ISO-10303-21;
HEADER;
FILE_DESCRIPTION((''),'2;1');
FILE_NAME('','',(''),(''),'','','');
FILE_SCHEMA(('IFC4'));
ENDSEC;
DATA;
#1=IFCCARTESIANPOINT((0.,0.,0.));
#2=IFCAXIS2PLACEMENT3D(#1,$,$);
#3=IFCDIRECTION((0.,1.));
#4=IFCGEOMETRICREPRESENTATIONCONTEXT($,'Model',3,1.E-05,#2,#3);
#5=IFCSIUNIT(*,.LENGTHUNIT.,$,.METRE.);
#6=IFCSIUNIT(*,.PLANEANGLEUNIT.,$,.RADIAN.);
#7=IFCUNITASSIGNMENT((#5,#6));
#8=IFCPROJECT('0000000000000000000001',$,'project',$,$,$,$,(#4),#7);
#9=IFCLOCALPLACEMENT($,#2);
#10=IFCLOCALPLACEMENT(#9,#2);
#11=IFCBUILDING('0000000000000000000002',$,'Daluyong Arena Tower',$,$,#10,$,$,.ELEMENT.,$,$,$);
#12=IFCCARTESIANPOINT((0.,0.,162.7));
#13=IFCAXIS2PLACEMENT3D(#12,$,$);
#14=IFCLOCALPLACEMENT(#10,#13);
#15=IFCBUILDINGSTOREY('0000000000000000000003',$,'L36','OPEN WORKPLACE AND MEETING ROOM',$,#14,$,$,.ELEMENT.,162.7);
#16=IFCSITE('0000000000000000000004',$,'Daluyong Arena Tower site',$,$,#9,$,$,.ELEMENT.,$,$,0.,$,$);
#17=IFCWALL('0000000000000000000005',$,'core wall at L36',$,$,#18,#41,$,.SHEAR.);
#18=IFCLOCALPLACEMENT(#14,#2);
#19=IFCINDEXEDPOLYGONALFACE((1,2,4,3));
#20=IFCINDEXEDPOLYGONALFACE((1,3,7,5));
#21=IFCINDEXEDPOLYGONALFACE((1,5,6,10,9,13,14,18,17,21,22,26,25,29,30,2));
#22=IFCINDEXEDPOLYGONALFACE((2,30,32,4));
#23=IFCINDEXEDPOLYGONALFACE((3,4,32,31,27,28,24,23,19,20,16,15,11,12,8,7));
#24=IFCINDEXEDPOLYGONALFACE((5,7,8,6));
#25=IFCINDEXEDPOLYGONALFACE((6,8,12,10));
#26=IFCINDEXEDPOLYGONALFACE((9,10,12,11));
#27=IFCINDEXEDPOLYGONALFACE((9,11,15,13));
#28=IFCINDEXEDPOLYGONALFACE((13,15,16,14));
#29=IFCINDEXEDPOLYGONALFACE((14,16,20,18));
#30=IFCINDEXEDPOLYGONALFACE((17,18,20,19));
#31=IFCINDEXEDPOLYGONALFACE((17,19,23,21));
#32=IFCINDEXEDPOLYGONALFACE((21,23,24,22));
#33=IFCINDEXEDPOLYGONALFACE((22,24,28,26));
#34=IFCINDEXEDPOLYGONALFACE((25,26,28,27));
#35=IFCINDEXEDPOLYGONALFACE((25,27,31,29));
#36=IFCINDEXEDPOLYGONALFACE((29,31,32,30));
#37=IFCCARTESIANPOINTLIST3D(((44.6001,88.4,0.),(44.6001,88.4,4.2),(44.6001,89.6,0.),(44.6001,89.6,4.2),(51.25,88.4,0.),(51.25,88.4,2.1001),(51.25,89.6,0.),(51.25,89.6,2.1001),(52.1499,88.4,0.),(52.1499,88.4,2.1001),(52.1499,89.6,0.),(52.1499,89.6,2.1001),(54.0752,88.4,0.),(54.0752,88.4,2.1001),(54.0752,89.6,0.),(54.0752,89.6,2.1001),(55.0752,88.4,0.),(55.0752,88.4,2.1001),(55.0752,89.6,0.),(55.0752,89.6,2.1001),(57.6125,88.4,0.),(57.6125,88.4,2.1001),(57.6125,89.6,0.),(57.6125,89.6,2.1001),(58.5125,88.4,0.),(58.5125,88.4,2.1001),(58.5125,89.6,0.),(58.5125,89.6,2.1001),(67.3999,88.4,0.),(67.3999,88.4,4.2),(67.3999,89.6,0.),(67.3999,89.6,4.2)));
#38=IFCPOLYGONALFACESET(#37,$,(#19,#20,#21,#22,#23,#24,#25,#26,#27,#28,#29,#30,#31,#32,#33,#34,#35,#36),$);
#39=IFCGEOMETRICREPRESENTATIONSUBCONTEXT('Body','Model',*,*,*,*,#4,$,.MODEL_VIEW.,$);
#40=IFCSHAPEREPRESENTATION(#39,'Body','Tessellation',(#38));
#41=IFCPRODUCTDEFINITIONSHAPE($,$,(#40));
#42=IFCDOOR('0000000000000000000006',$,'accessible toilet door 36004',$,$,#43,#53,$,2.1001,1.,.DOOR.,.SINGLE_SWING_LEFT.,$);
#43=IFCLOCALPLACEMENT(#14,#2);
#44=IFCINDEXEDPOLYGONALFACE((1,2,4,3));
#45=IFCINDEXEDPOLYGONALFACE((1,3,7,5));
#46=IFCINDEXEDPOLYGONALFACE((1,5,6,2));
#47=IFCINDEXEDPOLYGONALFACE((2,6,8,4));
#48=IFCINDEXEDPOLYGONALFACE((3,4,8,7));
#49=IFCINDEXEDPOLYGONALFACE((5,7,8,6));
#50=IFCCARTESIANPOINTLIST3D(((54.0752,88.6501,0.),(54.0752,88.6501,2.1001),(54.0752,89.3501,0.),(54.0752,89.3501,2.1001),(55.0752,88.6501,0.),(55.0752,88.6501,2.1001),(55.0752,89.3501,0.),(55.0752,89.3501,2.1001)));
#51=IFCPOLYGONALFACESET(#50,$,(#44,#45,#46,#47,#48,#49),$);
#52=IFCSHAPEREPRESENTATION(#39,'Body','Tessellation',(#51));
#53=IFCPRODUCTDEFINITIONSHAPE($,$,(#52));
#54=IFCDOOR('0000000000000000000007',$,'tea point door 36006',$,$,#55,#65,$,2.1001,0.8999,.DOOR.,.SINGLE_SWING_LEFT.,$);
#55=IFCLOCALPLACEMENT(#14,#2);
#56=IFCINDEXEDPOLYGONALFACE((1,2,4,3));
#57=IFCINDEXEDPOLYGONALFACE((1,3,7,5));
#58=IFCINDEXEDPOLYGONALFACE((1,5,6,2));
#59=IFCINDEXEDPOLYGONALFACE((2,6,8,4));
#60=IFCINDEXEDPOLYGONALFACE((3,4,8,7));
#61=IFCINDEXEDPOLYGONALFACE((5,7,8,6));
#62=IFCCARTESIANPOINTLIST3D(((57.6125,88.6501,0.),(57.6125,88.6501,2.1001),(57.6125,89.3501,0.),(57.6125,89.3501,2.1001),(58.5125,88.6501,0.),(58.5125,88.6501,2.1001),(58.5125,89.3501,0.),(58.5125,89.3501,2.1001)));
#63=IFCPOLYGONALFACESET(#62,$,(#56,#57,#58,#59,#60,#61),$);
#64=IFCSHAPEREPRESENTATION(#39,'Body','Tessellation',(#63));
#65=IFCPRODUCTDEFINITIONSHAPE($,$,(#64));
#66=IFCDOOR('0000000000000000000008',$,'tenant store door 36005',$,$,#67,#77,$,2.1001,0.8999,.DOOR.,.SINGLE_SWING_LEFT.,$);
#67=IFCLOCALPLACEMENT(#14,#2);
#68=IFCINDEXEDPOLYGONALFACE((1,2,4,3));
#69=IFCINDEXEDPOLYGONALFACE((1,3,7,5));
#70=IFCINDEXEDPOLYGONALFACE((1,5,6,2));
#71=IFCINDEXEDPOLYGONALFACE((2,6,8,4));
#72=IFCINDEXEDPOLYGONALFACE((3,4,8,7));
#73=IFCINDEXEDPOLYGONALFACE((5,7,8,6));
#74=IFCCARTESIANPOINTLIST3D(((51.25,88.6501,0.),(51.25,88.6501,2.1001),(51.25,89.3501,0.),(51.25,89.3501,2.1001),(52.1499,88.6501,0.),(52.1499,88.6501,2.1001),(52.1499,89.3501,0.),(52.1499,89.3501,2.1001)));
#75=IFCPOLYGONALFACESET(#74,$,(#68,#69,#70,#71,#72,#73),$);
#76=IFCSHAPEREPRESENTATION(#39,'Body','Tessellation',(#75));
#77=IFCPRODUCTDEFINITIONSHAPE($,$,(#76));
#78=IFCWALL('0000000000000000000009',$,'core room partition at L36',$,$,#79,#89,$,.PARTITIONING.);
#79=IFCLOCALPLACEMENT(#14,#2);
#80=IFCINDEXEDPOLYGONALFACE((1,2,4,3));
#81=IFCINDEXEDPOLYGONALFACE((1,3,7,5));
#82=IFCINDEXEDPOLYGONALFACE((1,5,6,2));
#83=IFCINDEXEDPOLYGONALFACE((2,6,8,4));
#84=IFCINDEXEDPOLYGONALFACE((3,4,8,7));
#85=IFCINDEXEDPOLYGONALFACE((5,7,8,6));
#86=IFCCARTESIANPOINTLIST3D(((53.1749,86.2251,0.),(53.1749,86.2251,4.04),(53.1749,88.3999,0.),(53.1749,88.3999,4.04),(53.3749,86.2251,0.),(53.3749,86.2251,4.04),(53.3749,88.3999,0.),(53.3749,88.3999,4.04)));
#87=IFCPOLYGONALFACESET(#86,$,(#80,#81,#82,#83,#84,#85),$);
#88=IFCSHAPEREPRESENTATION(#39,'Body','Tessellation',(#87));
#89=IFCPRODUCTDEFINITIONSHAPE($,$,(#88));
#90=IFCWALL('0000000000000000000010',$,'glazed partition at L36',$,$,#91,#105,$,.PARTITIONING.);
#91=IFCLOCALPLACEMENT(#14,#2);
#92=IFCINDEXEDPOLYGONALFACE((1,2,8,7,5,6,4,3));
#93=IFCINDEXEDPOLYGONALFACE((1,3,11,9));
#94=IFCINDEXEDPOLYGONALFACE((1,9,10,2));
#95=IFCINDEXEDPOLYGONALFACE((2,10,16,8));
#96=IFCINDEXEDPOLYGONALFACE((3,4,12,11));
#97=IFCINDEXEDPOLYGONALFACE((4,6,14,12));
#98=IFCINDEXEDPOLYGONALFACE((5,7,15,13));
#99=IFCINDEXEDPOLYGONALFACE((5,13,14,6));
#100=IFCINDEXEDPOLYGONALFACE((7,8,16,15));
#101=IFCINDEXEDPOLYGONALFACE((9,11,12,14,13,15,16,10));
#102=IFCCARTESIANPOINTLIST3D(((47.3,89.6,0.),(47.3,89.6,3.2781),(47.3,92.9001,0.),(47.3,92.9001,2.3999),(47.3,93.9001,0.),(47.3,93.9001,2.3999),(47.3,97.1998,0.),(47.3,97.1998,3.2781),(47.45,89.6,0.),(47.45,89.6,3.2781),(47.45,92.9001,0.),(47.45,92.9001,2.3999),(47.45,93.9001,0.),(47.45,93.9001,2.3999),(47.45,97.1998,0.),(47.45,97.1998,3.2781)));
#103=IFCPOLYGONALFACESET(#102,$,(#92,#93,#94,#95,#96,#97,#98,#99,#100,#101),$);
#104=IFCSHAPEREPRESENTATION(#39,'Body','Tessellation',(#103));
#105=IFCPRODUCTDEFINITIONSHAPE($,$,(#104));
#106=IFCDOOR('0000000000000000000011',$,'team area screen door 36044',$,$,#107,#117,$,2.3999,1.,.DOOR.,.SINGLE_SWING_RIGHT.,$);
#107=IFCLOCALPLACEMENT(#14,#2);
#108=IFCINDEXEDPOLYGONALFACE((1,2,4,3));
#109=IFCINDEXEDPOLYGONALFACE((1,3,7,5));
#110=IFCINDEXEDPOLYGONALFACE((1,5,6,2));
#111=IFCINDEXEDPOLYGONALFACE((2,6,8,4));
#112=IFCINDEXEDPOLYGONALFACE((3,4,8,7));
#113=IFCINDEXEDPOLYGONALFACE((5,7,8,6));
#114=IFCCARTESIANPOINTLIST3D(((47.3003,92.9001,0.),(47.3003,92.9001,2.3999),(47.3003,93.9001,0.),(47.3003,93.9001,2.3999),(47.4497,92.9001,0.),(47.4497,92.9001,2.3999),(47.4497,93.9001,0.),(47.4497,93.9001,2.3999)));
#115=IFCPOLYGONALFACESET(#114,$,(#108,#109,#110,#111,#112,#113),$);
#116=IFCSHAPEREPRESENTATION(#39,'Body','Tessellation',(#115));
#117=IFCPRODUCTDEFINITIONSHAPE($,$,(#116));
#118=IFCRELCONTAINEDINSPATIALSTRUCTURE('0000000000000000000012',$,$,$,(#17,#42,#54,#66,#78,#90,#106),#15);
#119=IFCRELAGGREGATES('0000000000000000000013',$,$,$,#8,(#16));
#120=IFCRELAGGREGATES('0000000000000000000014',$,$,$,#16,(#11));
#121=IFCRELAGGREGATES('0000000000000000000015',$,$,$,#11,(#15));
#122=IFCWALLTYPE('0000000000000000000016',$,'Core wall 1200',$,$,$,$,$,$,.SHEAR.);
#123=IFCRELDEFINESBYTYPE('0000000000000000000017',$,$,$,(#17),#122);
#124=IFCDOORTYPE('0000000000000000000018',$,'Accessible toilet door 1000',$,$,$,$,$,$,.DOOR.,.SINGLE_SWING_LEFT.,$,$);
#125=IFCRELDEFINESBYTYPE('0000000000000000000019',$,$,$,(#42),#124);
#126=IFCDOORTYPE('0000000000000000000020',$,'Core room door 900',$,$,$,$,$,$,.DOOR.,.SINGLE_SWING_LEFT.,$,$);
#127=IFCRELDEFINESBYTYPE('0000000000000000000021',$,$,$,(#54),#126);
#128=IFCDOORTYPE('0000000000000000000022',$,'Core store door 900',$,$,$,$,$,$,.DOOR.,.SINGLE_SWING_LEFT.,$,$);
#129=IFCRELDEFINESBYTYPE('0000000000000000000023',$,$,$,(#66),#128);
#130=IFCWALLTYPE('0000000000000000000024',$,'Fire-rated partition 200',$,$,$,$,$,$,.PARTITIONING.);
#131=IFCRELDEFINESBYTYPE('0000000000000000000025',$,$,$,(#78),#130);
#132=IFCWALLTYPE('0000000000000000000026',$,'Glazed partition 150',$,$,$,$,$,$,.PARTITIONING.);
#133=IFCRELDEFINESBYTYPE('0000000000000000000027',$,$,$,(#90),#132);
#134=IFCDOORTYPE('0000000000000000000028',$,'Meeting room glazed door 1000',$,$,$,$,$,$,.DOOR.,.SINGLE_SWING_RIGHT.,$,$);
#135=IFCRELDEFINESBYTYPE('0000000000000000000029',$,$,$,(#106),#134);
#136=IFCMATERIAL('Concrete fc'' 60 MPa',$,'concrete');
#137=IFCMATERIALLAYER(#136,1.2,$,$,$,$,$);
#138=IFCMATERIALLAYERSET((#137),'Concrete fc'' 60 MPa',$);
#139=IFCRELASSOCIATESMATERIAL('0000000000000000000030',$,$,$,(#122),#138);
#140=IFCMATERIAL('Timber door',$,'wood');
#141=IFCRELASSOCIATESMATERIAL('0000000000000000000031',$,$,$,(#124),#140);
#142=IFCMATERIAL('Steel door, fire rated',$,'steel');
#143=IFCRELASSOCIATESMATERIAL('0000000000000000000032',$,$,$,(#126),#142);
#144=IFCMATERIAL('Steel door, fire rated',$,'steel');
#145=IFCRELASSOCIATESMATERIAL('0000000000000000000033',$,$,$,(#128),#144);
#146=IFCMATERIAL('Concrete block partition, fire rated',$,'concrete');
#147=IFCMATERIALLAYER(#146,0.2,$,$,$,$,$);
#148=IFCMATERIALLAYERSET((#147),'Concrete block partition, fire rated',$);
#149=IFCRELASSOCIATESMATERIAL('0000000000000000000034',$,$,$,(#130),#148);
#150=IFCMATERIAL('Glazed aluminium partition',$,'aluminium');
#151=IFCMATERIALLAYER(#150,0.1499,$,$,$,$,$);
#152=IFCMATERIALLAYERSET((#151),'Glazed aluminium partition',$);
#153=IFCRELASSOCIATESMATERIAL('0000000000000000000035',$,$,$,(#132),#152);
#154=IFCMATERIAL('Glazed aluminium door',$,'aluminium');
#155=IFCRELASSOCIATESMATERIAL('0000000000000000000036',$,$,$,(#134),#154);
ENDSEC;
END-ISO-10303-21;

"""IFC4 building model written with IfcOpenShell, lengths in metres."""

from ifc_helpers import new_model, si_unit, direction, frame, frame_2d, origin, place, context, subcontext, project, spatial, rectangle, extrude, material, layer, layer_set, type_object, element, fill, save


model = new_model("IFC4")

# Units and contexts
model_context = context("Model", 3, precision=1e-05, world=origin(), true_north=direction((0.0, 1.0)))
body_context = subcontext(model_context, "Body", "Model", "MODEL_VIEW")
ifc_project = project(units=[si_unit("LENGTHUNIT", "METRE"), si_unit("PLANEANGLEUNIT", "RADIAN")], contexts=[model_context])

# Site, building, storey
site_placement = place(None, origin())
site = spatial("IfcSite", under=ifc_project, at=site_placement, Name="Daluyong Arena Tower site", CompositionType="ELEMENT", RefElevation=0.0)
building_placement = place(site_placement, origin())
building = spatial("IfcBuilding", under=site, at=building_placement, Name="Daluyong Arena Tower", CompositionType="ELEMENT")
storey_placement = place(building_placement, frame((0.0, 0.0, 162.7)))
storey = spatial("IfcBuildingStorey", under=building, at=storey_placement, Name="L36", Description="OPEN WORKPLACE AND MEETING ROOM", CompositionType="ELEMENT", Elevation=162.7)

# Wall, openings, doors
ifc_material_1 = material(Name="Concrete fc' 60 MPa", Category="concrete")
ifc_layer_1 = layer(ifc_material_1, 1.2)
ifc_layer_set_1 = layer_set([ifc_layer_1], Name="Concrete fc' 60 MPa")
wall_type_1 = type_object("IfcWallType", Name="Core wall 1200", PredefinedType="SHEAR", material=ifc_layer_set_1)
wall_1_placement = place(storey_placement, frame((44.6001, 89.0, 0.0), z_axis=(0.0, 0.0, 1.0), x_axis=(1.0, 0.0, 0.0)))
wall_1 = element("IfcWall", 1, at=wall_1_placement, inside=storey, type_object=wall_type_1, Name="core wall at L36", PredefinedType="SHEAR", context=body_context, shape_type="SweptSolid", body=[
    extrude(rectangle(XDim=22.7998, YDim=1.2, at=frame_2d((11.3999, 0.0))), origin(), (0.0, 0.0, 1.0), 4.2),
])
opening_1_placement = place(wall_1_placement, frame((9.4751, 0.0, 0.0)))
opening_1 = element("IfcOpeningElement", 2, at=opening_1_placement, cuts=wall_1, PredefinedType="OPENING", context=body_context, shape_type="SweptSolid", body=[
    extrude(rectangle(XDim=1.0, YDim=2.1001, at=frame_2d((0.5, 1.05))), frame((0.0, 0.6099, 0.0), z_axis=(0.0, -1.0, 0.0), x_axis=(1.0, 0.0, 0.0)), (0.0, 0.0, 1.0), 1.22),
])
opening_2_placement = place(wall_1_placement, frame((6.6499, 0.0, 0.0)))
opening_2 = element("IfcOpeningElement", 3, at=opening_2_placement, cuts=wall_1, PredefinedType="OPENING", context=body_context, shape_type="SweptSolid", body=[
    extrude(rectangle(XDim=0.8999, YDim=2.1001, at=frame_2d((0.45, 1.05))), frame((0.0, 0.6099, 0.0), z_axis=(0.0, -1.0, 0.0), x_axis=(1.0, 0.0, 0.0)), (0.0, 0.0, 1.0), 1.22),
])
opening_3_placement = place(wall_1_placement, frame((13.0125, 0.0, 0.0)))
opening_3 = element("IfcOpeningElement", 4, at=opening_3_placement, cuts=wall_1, PredefinedType="OPENING", context=body_context, shape_type="SweptSolid", body=[
    extrude(rectangle(XDim=0.8999, YDim=2.1001, at=frame_2d((0.45, 1.05))), frame((0.0, 0.6099, 0.0), z_axis=(0.0, -1.0, 0.0), x_axis=(1.0, 0.0, 0.0)), (0.0, 0.0, 1.0), 1.22),
])
ifc_material_2 = material(Name="Timber door", Category="wood")
door_type_1 = type_object("IfcDoorType", Name="Accessible toilet door 1000", OperationType="SINGLE_SWING_LEFT", PredefinedType="DOOR", material=ifc_material_2)
door_1_placement = place(opening_1_placement, origin())
door_1 = element("IfcDoor", 5, at=door_1_placement, inside=storey, type_object=door_type_1, Name="accessible toilet door 36004", OperationType="SINGLE_SWING_LEFT", OverallHeight=2.1001, OverallWidth=1.0, PredefinedType="DOOR", context=body_context, shape_type="SweptSolid", body=[
    extrude(rectangle(XDim=1.0, YDim=2.1001, at=frame_2d((0.5, 1.05))), frame((0.0, 0.3501, 0.0), z_axis=(0.0, -1.0, 0.0), x_axis=(1.0, 0.0, 0.0)), (0.0, 0.0, 1.0), 0.7),
])
fill(opening_1, door_1)
ifc_material_3 = material(Name="Steel door, fire rated", Category="steel")
door_type_2 = type_object("IfcDoorType", Name="Core room door 900", OperationType="SINGLE_SWING_LEFT", PredefinedType="DOOR", material=ifc_material_3)
door_2_placement = place(opening_3_placement, origin())
door_2 = element("IfcDoor", 6, at=door_2_placement, inside=storey, type_object=door_type_2, Name="tea point door 36006", OperationType="SINGLE_SWING_LEFT", OverallHeight=2.1001, OverallWidth=0.8999, PredefinedType="DOOR", context=body_context, shape_type="SweptSolid", body=[
    extrude(rectangle(XDim=0.8999, YDim=2.1001, at=frame_2d((0.45, 1.05))), frame((0.0, 0.3501, 0.0), z_axis=(0.0, -1.0, 0.0), x_axis=(1.0, 0.0, 0.0)), (0.0, 0.0, 1.0), 0.7),
])
fill(opening_3, door_2)
ifc_material_4 = material(Name="Steel door, fire rated", Category="steel")
door_type_3 = type_object("IfcDoorType", Name="Core store door 900", OperationType="SINGLE_SWING_LEFT", PredefinedType="DOOR", material=ifc_material_4)
door_3_placement = place(opening_2_placement, origin())
door_3 = element("IfcDoor", 7, at=door_3_placement, inside=storey, type_object=door_type_3, Name="tenant store door 36005", OperationType="SINGLE_SWING_LEFT", OverallHeight=2.1001, OverallWidth=0.8999, PredefinedType="DOOR", context=body_context, shape_type="SweptSolid", body=[
    extrude(rectangle(XDim=0.8999, YDim=2.1001, at=frame_2d((0.45, 1.05))), frame((0.0, 0.3501, 0.0), z_axis=(0.0, -1.0, 0.0), x_axis=(1.0, 0.0, 0.0)), (0.0, 0.0, 1.0), 0.7),
])
fill(opening_2, door_3)

# Wall
ifc_material_5 = material(Name="Concrete block partition, fire rated", Category="concrete")
ifc_layer_2 = layer(ifc_material_5, 0.2)
ifc_layer_set_2 = layer_set([ifc_layer_2], Name="Concrete block partition, fire rated")
wall_type_2 = type_object("IfcWallType", Name="Fire-rated partition 200", PredefinedType="PARTITIONING", material=ifc_layer_set_2)
wall_2_placement = place(storey_placement, frame((53.2749, 86.2251, 0.0), z_axis=(0.0, 0.0, 1.0), x_axis=(0.0, 1.0, 0.0)))
element("IfcWall", 8, at=wall_2_placement, inside=storey, type_object=wall_type_2, Name="core room partition at L36", PredefinedType="PARTITIONING", context=body_context, shape_type="SweptSolid", body=[
    extrude(rectangle(XDim=2.1748, YDim=0.2, at=frame_2d((1.0874, 0.0))), origin(), (0.0, 0.0, 1.0), 4.04),
])

# Wall, opening, door
ifc_material_6 = material(Name="Glazed aluminium partition", Category="aluminium")
ifc_layer_3 = layer(ifc_material_6, 0.1499)
ifc_layer_set_3 = layer_set([ifc_layer_3], Name="Glazed aluminium partition")
wall_type_3 = type_object("IfcWallType", Name="Glazed partition 150", PredefinedType="PARTITIONING", material=ifc_layer_set_3)
wall_3_placement = place(storey_placement, frame((47.375, 89.6001, 0.0), z_axis=(0.0, 0.0, 1.0), x_axis=(0.0, 1.0, 0.0)))
wall_3 = element("IfcWall", 9, at=wall_3_placement, inside=storey, type_object=wall_type_3, Name="glazed partition at L36", PredefinedType="PARTITIONING", context=body_context, shape_type="SweptSolid", body=[
    extrude(rectangle(XDim=7.5999, YDim=0.1499, at=frame_2d((3.7998, 0.0))), origin(), (0.0, 0.0, 1.0), 3.2781),
])
opening_4_placement = place(wall_3_placement, frame((3.3, 0.0, 0.0)))
opening_4 = element("IfcOpeningElement", 10, at=opening_4_placement, cuts=wall_3, PredefinedType="OPENING", context=body_context, shape_type="SweptSolid", body=[
    extrude(rectangle(XDim=1.0, YDim=2.3999, at=frame_2d((0.5, 1.2))), frame((0.0, 0.085, 0.0), z_axis=(0.0, -1.0, 0.0), x_axis=(1.0, 0.0, 0.0)), (0.0, 0.0, 1.0), 0.1699),
])
ifc_material_7 = material(Name="Glazed aluminium door", Category="aluminium")
door_type_4 = type_object("IfcDoorType", Name="Meeting room glazed door 1000", OperationType="SINGLE_SWING_RIGHT", PredefinedType="DOOR", material=ifc_material_7)
door_4_placement = place(opening_4_placement, origin())
door_4 = element("IfcDoor", 11, at=door_4_placement, inside=storey, type_object=door_type_4, Name="team area screen door 36044", OperationType="SINGLE_SWING_RIGHT", OverallHeight=2.3999, OverallWidth=1.0, PredefinedType="DOOR", context=body_context, shape_type="SweptSolid", body=[
    extrude(rectangle(XDim=1.0, YDim=2.3999, at=frame_2d((0.5, 1.2))), frame((0.0, 0.0747, 0.0), z_axis=(0.0, -1.0, 0.0), x_axis=(1.0, 0.0, 0.0)), (0.0, 0.0, 1.0), 0.1494),
])
fill(opening_4, door_4)

save(model, "model.ifc")
